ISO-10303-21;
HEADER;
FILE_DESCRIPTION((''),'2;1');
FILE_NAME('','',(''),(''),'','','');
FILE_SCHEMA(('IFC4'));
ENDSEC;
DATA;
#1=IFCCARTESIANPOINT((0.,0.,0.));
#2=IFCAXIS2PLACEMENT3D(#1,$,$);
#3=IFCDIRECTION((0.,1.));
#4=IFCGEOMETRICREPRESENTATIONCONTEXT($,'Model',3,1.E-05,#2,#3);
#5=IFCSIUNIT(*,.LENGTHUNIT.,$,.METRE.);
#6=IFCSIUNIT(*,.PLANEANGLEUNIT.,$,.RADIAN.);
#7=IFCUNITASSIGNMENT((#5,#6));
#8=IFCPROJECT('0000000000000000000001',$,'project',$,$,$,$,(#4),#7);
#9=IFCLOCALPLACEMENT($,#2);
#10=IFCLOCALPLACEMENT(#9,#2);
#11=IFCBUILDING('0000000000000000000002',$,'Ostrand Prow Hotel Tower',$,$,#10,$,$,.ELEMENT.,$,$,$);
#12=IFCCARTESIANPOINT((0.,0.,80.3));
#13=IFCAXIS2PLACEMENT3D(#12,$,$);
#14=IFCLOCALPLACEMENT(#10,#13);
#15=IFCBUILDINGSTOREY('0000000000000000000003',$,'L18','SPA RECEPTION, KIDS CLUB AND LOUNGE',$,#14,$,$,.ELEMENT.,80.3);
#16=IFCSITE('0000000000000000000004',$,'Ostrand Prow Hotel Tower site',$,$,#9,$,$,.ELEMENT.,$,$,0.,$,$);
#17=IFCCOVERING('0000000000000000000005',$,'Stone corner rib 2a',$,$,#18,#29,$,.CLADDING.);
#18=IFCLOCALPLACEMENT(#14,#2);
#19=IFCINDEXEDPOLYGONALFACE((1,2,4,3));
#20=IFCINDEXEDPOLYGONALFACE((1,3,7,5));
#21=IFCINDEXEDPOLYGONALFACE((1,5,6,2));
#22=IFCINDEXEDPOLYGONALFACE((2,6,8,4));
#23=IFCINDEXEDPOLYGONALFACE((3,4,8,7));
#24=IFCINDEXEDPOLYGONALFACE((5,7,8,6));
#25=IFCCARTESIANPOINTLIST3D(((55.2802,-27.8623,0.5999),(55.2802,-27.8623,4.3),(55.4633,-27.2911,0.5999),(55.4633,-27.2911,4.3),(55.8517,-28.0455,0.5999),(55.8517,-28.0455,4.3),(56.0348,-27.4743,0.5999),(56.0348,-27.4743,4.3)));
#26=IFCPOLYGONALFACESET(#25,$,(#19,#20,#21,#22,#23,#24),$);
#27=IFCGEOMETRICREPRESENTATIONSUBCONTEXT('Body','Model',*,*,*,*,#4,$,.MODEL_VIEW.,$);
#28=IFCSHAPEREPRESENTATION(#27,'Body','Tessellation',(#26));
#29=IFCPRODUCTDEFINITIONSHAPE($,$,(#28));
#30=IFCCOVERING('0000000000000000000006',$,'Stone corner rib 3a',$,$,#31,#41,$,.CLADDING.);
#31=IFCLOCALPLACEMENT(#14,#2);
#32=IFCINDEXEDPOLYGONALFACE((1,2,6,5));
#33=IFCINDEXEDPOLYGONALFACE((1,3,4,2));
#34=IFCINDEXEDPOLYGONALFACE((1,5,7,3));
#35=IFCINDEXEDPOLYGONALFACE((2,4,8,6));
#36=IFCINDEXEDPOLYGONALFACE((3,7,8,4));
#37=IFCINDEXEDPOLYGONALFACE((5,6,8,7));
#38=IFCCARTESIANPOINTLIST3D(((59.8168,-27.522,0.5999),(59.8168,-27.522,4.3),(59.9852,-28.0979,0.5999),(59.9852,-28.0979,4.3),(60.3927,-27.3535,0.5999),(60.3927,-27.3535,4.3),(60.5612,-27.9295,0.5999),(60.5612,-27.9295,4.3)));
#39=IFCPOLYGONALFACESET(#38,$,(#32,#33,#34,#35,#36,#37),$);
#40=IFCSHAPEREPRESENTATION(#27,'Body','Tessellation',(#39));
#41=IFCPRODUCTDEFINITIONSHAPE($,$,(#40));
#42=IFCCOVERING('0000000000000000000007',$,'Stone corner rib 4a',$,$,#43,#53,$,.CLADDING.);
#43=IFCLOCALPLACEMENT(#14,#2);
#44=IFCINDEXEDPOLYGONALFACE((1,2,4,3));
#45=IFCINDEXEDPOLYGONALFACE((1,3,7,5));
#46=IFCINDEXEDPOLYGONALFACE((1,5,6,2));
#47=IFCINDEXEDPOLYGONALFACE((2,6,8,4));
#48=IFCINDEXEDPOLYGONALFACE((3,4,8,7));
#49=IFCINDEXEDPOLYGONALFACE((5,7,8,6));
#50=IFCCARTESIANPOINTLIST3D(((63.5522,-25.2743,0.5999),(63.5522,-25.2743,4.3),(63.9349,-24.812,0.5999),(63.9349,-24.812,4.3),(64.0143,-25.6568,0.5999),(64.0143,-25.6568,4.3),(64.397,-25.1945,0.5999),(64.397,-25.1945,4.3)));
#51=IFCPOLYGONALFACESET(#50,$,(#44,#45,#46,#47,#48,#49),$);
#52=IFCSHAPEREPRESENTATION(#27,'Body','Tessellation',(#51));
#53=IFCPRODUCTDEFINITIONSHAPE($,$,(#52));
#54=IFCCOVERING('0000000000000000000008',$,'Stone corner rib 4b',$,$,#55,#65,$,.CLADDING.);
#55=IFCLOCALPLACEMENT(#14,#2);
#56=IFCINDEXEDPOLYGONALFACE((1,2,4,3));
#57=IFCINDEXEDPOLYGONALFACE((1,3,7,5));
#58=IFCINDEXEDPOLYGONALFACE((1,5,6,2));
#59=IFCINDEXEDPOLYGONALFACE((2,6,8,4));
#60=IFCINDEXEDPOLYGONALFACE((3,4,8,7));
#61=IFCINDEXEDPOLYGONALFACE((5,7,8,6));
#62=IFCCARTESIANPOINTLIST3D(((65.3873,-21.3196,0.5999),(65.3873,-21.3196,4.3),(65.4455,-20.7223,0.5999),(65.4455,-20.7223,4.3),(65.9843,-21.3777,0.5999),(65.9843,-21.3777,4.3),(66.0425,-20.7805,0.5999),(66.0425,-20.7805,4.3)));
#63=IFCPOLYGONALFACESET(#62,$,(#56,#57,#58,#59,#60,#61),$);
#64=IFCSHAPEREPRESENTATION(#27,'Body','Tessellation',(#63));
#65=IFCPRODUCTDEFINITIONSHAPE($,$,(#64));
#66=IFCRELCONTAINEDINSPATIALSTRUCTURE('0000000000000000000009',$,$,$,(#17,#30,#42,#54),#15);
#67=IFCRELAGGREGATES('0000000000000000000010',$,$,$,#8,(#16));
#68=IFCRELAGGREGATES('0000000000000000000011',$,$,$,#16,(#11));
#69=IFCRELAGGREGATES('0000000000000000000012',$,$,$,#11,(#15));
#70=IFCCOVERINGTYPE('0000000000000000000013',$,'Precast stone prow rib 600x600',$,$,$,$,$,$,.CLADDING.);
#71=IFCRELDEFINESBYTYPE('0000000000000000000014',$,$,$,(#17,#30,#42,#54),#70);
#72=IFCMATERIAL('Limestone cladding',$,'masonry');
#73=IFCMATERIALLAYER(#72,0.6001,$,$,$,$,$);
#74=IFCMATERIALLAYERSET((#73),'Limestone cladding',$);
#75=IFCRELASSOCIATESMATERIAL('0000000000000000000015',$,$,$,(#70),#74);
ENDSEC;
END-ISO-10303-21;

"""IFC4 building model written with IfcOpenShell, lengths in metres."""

from ifc_helpers import new_model, si_unit, direction, frame, frame_2d, origin, place, context, subcontext, project, spatial, rectangle, extrude, material, layer, layer_set, type_object, element, save


model = new_model("IFC4")

# Units and contexts
model_context = context("Model", 3, precision=1e-05, world=origin(), true_north=direction((0.0, 1.0)))
body_context = subcontext(model_context, "Body", "Model", "MODEL_VIEW")
ifc_project = project(units=[si_unit("LENGTHUNIT", "METRE"), si_unit("PLANEANGLEUNIT", "RADIAN")], contexts=[model_context])

# Site, building, storey
site_placement = place(None, origin())
site = spatial("IfcSite", under=ifc_project, at=site_placement, Name="Ostrand Prow Hotel Tower site", CompositionType="ELEMENT", RefElevation=0.0)
building_placement = place(site_placement, origin())
building = spatial("IfcBuilding", under=site, at=building_placement, Name="Ostrand Prow Hotel Tower", CompositionType="ELEMENT")
storey_placement = place(building_placement, frame((0.0, 0.0, 80.3)))
storey = spatial("IfcBuildingStorey", under=building, at=storey_placement, Name="L18", Description="SPA RECEPTION, KIDS CLUB AND LOUNGE", CompositionType="ELEMENT", Elevation=80.3)

# Coverings
ifc_material_1 = material(Name="Limestone cladding", Category="masonry")
ifc_layer_1 = layer(ifc_material_1, 0.6001)
ifc_layer_set_1 = layer_set([ifc_layer_1], Name="Limestone cladding")
covering_type = type_object("IfcCoveringType", Name="Precast stone prow rib 600x600", PredefinedType="CLADDING", material=ifc_layer_set_1)
covering_1_placement = place(storey_placement, frame((55.749, -27.3828, 0.5999), z_axis=(0.0, 0.0, 1.0), x_axis=(-0.305219, -0.952282, 0.0)))
element("IfcCovering", 1, at=covering_1_placement, inside=storey, type_object=covering_type, Name="Stone corner rib 2a", PredefinedType="CLADDING", context=body_context, shape_type="SweptSolid", body=[
    extrude(rectangle(XDim=0.5999, YDim=0.6001, at=frame_2d((0.2998, 0.0))), origin(), (0.0, 0.0, 1.0), 3.7002),
])
covering_2_placement = place(storey_placement, frame((60.1047, -27.4377, 0.5999), z_axis=(0.0, 0.0, 1.0), x_axis=(0.280734, -0.959786, 0.0)))
element("IfcCovering", 2, at=covering_2_placement, inside=storey, type_object=covering_type, Name="Stone corner rib 3a", PredefinedType="CLADDING", context=body_context, shape_type="SweptSolid", body=[
    extrude(rectangle(XDim=0.6001, YDim=0.6001, at=frame_2d((0.3, 0.0))), origin(), (0.0, 0.0, 1.0), 3.7002),
])
for number, where, z_axis, x_axis, name in (
    (3, (63.7437, -25.0432, 0.5999), (0.0, 0.0, 1.0), (0.770319, -0.637659, 0.0), "Stone corner rib 4a"),
    (4, (65.4165, -21.021, 0.5999), (0.0, 0.0, 1.0), (0.995296, -0.096884, 0.0), "Stone corner rib 4b"),
):
    element("IfcCovering", number, at=place(storey_placement, frame(where, z_axis=z_axis, x_axis=x_axis)), inside=storey, type_object=covering_type, Name=name, PredefinedType="CLADDING", context=body_context, shape_type="SweptSolid", body=[
        extrude(rectangle(XDim=0.5999, YDim=0.6001, at=frame_2d((0.2998, 0.0))), origin(), (0.0, 0.0, 1.0), 3.7002),
    ])

save(model, "model.ifc")
